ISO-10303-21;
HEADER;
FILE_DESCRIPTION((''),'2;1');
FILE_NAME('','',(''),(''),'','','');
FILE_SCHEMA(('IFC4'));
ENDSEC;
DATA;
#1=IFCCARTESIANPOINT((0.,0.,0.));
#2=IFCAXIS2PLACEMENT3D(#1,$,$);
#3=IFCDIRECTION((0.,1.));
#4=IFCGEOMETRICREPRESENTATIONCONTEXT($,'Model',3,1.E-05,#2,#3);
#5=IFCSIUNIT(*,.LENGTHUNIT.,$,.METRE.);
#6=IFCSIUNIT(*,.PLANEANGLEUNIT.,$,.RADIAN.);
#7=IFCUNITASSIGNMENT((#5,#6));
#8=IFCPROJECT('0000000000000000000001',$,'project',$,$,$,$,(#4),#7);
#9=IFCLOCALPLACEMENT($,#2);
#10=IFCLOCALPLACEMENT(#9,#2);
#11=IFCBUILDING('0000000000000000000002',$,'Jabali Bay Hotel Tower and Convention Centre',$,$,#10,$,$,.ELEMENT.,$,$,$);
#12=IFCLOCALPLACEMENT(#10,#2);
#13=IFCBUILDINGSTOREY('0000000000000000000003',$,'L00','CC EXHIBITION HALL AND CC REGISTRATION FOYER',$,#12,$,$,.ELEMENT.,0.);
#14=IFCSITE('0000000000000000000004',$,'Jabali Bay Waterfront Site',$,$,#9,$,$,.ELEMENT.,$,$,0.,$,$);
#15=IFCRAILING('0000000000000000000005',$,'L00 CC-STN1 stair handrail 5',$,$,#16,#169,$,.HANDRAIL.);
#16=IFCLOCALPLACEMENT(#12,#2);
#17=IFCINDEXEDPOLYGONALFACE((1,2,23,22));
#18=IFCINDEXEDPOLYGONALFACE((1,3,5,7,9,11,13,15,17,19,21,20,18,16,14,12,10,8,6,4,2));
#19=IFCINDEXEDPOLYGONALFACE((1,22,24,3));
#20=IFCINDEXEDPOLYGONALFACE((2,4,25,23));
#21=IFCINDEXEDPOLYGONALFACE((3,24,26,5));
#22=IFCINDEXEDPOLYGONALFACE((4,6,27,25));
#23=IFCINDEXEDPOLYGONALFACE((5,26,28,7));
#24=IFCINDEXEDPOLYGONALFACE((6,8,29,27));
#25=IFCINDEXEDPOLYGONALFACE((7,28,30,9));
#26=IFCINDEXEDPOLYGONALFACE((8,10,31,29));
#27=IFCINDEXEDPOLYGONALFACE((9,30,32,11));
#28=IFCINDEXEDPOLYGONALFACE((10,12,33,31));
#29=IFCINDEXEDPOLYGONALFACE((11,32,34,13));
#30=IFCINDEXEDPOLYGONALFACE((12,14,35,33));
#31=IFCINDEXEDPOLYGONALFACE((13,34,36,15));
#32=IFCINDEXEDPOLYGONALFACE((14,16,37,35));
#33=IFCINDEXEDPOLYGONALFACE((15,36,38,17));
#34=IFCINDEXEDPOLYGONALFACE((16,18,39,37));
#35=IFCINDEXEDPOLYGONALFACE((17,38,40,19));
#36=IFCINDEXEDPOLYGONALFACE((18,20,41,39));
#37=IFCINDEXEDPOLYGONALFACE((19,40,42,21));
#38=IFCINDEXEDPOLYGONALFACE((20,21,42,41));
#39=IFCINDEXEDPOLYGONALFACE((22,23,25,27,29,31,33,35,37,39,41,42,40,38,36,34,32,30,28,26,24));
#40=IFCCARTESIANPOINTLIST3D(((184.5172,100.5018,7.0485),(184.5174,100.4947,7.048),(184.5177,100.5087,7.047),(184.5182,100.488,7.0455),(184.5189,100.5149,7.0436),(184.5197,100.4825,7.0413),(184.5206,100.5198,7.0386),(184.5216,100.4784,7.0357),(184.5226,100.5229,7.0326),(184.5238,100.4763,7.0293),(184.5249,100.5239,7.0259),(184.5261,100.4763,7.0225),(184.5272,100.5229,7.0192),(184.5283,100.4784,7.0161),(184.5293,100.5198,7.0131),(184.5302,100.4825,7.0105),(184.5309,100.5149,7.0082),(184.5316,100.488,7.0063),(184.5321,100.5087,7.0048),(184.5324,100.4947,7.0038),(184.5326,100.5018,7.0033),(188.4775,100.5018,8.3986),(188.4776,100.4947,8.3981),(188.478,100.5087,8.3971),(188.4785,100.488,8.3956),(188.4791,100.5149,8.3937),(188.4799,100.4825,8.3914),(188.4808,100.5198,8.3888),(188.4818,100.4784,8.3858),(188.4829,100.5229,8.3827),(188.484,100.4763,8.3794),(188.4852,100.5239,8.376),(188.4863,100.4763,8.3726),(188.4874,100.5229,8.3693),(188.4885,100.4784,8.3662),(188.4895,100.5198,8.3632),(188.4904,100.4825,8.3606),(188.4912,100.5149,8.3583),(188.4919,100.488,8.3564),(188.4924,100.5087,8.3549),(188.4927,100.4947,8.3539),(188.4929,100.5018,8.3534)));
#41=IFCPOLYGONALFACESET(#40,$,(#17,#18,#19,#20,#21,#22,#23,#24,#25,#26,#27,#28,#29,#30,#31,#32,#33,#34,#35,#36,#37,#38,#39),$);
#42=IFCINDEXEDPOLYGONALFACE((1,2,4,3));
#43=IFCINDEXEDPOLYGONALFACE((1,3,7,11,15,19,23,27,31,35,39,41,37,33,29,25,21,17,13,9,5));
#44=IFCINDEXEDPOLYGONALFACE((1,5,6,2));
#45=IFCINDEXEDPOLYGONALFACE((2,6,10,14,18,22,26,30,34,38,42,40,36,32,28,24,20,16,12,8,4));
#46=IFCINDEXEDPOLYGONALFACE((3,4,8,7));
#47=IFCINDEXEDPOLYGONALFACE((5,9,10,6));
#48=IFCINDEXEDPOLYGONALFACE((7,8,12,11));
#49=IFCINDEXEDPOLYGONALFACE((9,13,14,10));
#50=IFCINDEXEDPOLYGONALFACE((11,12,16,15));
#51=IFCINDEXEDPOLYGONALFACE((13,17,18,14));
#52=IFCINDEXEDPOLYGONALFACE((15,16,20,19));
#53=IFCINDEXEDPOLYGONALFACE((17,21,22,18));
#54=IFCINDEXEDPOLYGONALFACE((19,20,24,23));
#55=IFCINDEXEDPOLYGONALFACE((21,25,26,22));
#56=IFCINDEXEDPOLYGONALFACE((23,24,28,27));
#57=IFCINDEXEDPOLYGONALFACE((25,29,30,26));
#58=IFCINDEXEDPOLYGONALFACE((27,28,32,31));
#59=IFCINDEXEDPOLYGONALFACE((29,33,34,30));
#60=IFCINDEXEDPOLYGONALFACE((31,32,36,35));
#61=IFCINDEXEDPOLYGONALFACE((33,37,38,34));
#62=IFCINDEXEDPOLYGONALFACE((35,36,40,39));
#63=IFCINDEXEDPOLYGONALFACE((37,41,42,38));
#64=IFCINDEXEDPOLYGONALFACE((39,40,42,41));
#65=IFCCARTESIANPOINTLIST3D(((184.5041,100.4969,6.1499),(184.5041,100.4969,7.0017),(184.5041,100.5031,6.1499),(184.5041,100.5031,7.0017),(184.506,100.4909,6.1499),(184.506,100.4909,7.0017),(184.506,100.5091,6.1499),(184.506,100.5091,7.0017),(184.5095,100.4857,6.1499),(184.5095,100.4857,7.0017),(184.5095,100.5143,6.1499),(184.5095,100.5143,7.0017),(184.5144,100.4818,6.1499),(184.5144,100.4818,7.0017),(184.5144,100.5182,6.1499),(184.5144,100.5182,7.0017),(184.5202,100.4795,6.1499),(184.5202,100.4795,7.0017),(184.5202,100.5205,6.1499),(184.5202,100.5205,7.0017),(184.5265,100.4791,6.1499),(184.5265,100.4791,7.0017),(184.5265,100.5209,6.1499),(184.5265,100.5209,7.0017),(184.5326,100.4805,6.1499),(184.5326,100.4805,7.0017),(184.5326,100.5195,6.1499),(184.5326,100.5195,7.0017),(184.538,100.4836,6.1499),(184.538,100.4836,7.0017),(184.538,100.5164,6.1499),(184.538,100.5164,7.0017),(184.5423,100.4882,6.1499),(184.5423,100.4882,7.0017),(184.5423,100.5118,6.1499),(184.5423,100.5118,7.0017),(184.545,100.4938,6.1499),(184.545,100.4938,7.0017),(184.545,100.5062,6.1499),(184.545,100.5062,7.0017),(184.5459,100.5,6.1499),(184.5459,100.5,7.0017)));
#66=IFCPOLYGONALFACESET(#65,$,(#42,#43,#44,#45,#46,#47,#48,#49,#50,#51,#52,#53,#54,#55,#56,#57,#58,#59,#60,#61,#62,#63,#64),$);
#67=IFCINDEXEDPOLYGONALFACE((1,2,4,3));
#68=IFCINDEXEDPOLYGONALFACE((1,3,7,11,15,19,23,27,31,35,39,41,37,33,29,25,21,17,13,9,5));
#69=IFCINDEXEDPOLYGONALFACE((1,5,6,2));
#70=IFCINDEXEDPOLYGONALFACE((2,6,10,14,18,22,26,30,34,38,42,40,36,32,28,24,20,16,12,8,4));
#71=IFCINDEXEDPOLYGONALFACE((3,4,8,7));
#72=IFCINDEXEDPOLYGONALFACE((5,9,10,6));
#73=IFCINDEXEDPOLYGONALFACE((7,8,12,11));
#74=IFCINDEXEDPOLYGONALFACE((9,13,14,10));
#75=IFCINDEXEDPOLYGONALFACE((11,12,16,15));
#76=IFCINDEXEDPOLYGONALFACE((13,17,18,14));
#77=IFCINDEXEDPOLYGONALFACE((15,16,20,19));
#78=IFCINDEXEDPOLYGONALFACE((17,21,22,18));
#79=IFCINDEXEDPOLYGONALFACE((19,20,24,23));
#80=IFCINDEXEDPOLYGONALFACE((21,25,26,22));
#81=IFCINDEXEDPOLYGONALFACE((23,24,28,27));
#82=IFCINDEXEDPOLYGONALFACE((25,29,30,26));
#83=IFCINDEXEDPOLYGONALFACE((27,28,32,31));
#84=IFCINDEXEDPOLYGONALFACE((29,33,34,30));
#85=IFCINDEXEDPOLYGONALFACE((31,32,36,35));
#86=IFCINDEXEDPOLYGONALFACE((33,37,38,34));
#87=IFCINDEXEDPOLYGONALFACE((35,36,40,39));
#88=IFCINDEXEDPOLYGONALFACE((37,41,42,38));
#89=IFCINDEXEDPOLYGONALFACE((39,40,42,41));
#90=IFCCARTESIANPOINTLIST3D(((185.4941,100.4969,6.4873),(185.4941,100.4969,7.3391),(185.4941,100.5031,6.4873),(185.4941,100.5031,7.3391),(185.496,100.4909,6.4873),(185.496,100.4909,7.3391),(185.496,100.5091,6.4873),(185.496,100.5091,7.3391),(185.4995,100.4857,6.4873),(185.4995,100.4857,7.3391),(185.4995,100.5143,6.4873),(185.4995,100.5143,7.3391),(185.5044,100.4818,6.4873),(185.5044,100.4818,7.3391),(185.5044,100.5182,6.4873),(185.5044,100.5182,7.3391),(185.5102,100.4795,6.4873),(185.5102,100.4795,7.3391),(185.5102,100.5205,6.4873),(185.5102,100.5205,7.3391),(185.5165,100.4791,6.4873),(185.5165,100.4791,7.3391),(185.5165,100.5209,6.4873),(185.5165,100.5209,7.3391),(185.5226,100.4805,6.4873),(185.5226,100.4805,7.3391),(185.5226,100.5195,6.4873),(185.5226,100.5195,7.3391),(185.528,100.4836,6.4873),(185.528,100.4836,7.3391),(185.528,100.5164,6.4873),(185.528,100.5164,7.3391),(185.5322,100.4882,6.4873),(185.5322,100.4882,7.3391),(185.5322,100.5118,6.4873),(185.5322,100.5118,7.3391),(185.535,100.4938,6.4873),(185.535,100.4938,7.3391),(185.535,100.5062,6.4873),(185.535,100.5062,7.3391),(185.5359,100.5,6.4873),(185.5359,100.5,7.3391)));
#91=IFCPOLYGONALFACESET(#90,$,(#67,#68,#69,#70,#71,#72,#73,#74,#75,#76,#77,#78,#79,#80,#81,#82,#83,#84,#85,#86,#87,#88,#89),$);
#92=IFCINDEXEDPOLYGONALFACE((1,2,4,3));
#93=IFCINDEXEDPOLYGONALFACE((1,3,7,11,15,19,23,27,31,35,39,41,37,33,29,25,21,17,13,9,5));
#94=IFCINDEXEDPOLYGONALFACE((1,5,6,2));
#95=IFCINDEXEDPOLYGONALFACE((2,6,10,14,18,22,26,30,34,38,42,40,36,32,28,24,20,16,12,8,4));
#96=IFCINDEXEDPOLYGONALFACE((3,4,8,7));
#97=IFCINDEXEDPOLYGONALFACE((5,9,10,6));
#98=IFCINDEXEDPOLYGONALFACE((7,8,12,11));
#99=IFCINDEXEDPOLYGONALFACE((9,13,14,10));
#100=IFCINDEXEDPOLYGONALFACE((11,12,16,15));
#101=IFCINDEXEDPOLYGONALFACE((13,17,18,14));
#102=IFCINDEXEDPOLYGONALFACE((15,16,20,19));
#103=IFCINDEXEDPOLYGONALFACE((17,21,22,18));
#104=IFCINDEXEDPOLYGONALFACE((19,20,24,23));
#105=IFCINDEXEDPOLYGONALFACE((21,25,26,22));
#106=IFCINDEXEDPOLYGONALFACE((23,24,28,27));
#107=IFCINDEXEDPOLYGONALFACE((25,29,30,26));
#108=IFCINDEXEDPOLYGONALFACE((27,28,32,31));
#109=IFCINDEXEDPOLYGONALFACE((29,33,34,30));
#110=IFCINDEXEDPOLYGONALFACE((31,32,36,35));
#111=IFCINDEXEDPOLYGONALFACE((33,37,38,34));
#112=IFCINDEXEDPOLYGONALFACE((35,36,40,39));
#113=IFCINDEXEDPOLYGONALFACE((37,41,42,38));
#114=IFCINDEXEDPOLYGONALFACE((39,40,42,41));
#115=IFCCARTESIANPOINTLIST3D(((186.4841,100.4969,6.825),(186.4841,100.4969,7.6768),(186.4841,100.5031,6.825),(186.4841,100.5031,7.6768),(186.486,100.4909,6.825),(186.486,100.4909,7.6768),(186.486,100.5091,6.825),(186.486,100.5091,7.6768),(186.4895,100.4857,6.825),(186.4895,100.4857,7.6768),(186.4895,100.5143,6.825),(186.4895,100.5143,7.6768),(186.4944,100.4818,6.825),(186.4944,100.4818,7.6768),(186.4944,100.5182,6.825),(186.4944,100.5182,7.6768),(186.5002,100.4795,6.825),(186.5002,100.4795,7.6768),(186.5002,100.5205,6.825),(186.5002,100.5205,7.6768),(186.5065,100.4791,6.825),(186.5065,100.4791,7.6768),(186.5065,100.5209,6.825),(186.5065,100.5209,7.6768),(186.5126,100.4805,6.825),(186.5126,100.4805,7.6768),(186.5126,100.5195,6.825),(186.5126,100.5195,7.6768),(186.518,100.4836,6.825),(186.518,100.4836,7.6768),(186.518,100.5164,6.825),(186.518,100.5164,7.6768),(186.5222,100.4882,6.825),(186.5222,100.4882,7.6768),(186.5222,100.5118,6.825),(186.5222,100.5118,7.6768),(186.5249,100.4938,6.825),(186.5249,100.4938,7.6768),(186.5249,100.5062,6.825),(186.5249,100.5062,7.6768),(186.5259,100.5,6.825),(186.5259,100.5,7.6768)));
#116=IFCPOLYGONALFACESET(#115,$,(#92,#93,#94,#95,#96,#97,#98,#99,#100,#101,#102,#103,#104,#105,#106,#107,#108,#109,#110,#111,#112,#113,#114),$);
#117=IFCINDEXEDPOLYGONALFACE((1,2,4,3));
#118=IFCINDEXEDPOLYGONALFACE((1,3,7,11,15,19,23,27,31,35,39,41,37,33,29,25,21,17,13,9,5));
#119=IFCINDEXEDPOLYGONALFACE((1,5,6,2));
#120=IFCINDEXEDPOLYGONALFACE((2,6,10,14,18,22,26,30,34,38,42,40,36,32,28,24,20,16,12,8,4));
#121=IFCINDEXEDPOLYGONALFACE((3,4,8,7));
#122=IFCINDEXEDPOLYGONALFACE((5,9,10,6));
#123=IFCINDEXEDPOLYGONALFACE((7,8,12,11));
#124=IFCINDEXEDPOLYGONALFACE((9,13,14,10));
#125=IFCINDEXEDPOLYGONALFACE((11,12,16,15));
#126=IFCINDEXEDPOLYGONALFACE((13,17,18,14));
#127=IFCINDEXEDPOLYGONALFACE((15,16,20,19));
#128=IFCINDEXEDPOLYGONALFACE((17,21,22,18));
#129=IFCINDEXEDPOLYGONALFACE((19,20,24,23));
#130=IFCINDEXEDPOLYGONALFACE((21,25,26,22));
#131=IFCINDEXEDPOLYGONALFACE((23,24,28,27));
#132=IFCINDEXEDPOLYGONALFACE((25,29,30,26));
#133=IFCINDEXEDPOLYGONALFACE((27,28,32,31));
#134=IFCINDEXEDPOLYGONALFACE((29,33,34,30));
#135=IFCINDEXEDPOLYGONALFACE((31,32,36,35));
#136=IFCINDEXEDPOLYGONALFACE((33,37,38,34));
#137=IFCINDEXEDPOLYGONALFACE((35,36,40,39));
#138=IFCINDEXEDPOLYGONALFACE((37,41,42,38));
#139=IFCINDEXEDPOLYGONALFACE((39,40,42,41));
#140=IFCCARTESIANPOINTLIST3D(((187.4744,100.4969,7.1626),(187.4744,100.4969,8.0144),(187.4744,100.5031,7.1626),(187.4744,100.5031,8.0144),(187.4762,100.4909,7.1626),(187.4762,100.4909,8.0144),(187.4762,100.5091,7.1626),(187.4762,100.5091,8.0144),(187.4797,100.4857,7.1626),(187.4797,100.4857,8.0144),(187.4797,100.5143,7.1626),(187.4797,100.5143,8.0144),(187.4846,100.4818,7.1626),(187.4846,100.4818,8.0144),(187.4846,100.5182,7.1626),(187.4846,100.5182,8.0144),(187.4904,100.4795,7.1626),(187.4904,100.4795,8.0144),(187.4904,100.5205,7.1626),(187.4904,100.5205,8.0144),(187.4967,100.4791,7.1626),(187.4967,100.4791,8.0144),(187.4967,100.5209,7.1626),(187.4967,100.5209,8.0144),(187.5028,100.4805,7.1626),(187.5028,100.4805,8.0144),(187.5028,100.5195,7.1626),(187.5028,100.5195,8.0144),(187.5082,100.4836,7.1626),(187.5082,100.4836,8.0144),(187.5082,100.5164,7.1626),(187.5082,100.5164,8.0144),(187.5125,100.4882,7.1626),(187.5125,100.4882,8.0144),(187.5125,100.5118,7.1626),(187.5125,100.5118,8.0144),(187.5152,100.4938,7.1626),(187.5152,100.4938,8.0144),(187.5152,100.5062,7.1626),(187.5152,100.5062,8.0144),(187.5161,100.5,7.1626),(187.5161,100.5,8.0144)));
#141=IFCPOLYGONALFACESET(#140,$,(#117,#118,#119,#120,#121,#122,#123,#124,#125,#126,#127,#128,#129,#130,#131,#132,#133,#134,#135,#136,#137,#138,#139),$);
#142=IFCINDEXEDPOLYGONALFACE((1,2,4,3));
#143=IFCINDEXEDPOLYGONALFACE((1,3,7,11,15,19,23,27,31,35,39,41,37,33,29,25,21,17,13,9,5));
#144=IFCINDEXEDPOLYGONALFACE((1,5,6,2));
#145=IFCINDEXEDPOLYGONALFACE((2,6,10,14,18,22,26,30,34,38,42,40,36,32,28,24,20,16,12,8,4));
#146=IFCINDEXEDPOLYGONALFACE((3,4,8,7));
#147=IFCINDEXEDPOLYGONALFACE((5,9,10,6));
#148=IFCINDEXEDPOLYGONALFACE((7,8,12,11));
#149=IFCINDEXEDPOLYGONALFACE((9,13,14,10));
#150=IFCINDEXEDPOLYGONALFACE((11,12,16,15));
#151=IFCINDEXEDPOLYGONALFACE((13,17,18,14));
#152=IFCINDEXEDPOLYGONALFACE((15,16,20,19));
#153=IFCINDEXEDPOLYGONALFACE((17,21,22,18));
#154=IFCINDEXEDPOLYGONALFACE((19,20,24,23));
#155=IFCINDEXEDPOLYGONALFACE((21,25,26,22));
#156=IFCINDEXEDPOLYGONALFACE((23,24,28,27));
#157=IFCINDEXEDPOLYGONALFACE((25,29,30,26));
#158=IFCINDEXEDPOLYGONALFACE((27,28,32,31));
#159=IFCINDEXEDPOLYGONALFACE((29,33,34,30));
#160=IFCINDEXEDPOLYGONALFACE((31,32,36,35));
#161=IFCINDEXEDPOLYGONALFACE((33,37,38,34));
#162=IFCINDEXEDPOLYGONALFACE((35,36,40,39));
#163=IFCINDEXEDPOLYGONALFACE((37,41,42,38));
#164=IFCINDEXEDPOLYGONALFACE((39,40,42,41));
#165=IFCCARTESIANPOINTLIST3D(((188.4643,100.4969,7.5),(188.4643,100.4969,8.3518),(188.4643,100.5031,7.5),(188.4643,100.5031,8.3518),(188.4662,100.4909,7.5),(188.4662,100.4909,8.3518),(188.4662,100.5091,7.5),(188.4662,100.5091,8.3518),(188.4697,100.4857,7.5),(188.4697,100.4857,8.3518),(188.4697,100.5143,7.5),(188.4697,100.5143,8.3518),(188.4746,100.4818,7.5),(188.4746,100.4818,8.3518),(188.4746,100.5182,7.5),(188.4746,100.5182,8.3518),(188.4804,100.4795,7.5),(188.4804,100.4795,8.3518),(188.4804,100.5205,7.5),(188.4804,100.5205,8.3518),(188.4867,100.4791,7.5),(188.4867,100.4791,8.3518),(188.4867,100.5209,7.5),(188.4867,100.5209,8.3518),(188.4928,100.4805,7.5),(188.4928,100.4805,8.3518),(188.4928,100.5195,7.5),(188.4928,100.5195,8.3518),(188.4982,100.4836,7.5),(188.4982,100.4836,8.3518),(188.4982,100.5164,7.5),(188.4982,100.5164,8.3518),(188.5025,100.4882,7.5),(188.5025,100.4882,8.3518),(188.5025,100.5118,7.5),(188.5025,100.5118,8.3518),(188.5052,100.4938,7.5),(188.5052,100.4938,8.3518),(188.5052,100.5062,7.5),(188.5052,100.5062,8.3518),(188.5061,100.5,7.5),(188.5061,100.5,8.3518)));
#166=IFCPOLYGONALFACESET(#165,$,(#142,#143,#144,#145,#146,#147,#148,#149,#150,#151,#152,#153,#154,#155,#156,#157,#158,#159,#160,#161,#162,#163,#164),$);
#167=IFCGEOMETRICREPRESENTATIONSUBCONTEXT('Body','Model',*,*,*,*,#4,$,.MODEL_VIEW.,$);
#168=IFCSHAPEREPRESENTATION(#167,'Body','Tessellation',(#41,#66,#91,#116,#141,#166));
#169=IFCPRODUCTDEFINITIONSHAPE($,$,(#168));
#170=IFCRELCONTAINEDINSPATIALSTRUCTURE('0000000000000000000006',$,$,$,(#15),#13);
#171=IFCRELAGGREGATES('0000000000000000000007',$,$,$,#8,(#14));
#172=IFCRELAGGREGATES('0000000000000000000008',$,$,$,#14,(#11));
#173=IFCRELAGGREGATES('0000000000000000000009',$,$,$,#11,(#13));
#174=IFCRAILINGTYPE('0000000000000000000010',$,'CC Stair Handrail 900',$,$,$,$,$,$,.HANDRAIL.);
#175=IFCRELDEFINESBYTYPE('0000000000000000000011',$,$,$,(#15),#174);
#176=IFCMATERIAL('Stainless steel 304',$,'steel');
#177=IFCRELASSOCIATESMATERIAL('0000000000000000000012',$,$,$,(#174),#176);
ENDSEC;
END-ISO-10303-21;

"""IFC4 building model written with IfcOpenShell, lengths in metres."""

from ifc_helpers import new_model, si_unit, direction, frame, origin, origin_2d, place, context, subcontext, project, spatial, circle, extrude, material, type_object, element, save


model = new_model("IFC4")

# Units and contexts
model_context = context("Model", 3, precision=1e-05, world=origin(), true_north=direction((0.0, 1.0)))
body_context = subcontext(model_context, "Body", "Model", "MODEL_VIEW")
ifc_project = project(units=[si_unit("LENGTHUNIT", "METRE"), si_unit("PLANEANGLEUNIT", "RADIAN")], contexts=[model_context])

# Site, building, storey
site_placement = place(None, origin())
site = spatial("IfcSite", under=ifc_project, at=site_placement, Name="Jabali Bay Waterfront Site", CompositionType="ELEMENT", RefElevation=0.0)
building_placement = place(site_placement, origin())
building = spatial("IfcBuilding", under=site, at=building_placement, Name="Jabali Bay Hotel Tower and Convention Centre", CompositionType="ELEMENT")
storey_placement = place(building_placement, origin())
storey = spatial("IfcBuildingStorey", under=building, at=storey_placement, Name="L00", Description="CC EXHIBITION HALL AND CC REGISTRATION FOYER", CompositionType="ELEMENT", Elevation=0.0)

# Railing
ifc_material_1 = material(Name="Stainless steel 304", Category="steel")
railing_type_1 = type_object("IfcRailingType", Name="CC Stair Handrail 900", PredefinedType="HANDRAIL", material=ifc_material_1)
railing_1_placement = place(storey_placement, frame((184.5249, 100.5, 6.1499)))
element("IfcRailing", 1, at=railing_1_placement, inside=storey, type_object=railing_type_1, Name="L00 CC-STN1 stair handrail 5", PredefinedType="HANDRAIL", context=body_context, shape_type="SweptSolid", body=[
    extrude(circle(Radius=0.0239, at=origin_2d()), frame((0.0, 0.0, 0.876), z_axis=(0.946508, 0.0, 0.32268), x_axis=(0.0, 1.0, 0.0)), (0.0, 0.0, 1.0), 4.1841),
    extrude(circle(Radius=0.021, at=origin_2d()), origin(), (0.0, 0.0, 1.0), 0.8518),
    extrude(circle(Radius=0.021, at=origin_2d()), frame((0.99, 0.0, 0.3374)), (0.0, 0.0, 1.0), 0.8518),
    extrude(circle(Radius=0.021, at=origin_2d()), frame((1.98, 0.0, 0.675)), (0.0, 0.0, 1.0), 0.8518),
    extrude(circle(Radius=0.021, at=origin_2d()), frame((2.9702, 0.0, 1.0127)), (0.0, 0.0, 1.0), 0.8518),
    extrude(circle(Radius=0.021, at=origin_2d()), frame((3.9602, 0.0, 1.3501)), (0.0, 0.0, 1.0), 0.8518),
])

save(model, "model.ifc")
